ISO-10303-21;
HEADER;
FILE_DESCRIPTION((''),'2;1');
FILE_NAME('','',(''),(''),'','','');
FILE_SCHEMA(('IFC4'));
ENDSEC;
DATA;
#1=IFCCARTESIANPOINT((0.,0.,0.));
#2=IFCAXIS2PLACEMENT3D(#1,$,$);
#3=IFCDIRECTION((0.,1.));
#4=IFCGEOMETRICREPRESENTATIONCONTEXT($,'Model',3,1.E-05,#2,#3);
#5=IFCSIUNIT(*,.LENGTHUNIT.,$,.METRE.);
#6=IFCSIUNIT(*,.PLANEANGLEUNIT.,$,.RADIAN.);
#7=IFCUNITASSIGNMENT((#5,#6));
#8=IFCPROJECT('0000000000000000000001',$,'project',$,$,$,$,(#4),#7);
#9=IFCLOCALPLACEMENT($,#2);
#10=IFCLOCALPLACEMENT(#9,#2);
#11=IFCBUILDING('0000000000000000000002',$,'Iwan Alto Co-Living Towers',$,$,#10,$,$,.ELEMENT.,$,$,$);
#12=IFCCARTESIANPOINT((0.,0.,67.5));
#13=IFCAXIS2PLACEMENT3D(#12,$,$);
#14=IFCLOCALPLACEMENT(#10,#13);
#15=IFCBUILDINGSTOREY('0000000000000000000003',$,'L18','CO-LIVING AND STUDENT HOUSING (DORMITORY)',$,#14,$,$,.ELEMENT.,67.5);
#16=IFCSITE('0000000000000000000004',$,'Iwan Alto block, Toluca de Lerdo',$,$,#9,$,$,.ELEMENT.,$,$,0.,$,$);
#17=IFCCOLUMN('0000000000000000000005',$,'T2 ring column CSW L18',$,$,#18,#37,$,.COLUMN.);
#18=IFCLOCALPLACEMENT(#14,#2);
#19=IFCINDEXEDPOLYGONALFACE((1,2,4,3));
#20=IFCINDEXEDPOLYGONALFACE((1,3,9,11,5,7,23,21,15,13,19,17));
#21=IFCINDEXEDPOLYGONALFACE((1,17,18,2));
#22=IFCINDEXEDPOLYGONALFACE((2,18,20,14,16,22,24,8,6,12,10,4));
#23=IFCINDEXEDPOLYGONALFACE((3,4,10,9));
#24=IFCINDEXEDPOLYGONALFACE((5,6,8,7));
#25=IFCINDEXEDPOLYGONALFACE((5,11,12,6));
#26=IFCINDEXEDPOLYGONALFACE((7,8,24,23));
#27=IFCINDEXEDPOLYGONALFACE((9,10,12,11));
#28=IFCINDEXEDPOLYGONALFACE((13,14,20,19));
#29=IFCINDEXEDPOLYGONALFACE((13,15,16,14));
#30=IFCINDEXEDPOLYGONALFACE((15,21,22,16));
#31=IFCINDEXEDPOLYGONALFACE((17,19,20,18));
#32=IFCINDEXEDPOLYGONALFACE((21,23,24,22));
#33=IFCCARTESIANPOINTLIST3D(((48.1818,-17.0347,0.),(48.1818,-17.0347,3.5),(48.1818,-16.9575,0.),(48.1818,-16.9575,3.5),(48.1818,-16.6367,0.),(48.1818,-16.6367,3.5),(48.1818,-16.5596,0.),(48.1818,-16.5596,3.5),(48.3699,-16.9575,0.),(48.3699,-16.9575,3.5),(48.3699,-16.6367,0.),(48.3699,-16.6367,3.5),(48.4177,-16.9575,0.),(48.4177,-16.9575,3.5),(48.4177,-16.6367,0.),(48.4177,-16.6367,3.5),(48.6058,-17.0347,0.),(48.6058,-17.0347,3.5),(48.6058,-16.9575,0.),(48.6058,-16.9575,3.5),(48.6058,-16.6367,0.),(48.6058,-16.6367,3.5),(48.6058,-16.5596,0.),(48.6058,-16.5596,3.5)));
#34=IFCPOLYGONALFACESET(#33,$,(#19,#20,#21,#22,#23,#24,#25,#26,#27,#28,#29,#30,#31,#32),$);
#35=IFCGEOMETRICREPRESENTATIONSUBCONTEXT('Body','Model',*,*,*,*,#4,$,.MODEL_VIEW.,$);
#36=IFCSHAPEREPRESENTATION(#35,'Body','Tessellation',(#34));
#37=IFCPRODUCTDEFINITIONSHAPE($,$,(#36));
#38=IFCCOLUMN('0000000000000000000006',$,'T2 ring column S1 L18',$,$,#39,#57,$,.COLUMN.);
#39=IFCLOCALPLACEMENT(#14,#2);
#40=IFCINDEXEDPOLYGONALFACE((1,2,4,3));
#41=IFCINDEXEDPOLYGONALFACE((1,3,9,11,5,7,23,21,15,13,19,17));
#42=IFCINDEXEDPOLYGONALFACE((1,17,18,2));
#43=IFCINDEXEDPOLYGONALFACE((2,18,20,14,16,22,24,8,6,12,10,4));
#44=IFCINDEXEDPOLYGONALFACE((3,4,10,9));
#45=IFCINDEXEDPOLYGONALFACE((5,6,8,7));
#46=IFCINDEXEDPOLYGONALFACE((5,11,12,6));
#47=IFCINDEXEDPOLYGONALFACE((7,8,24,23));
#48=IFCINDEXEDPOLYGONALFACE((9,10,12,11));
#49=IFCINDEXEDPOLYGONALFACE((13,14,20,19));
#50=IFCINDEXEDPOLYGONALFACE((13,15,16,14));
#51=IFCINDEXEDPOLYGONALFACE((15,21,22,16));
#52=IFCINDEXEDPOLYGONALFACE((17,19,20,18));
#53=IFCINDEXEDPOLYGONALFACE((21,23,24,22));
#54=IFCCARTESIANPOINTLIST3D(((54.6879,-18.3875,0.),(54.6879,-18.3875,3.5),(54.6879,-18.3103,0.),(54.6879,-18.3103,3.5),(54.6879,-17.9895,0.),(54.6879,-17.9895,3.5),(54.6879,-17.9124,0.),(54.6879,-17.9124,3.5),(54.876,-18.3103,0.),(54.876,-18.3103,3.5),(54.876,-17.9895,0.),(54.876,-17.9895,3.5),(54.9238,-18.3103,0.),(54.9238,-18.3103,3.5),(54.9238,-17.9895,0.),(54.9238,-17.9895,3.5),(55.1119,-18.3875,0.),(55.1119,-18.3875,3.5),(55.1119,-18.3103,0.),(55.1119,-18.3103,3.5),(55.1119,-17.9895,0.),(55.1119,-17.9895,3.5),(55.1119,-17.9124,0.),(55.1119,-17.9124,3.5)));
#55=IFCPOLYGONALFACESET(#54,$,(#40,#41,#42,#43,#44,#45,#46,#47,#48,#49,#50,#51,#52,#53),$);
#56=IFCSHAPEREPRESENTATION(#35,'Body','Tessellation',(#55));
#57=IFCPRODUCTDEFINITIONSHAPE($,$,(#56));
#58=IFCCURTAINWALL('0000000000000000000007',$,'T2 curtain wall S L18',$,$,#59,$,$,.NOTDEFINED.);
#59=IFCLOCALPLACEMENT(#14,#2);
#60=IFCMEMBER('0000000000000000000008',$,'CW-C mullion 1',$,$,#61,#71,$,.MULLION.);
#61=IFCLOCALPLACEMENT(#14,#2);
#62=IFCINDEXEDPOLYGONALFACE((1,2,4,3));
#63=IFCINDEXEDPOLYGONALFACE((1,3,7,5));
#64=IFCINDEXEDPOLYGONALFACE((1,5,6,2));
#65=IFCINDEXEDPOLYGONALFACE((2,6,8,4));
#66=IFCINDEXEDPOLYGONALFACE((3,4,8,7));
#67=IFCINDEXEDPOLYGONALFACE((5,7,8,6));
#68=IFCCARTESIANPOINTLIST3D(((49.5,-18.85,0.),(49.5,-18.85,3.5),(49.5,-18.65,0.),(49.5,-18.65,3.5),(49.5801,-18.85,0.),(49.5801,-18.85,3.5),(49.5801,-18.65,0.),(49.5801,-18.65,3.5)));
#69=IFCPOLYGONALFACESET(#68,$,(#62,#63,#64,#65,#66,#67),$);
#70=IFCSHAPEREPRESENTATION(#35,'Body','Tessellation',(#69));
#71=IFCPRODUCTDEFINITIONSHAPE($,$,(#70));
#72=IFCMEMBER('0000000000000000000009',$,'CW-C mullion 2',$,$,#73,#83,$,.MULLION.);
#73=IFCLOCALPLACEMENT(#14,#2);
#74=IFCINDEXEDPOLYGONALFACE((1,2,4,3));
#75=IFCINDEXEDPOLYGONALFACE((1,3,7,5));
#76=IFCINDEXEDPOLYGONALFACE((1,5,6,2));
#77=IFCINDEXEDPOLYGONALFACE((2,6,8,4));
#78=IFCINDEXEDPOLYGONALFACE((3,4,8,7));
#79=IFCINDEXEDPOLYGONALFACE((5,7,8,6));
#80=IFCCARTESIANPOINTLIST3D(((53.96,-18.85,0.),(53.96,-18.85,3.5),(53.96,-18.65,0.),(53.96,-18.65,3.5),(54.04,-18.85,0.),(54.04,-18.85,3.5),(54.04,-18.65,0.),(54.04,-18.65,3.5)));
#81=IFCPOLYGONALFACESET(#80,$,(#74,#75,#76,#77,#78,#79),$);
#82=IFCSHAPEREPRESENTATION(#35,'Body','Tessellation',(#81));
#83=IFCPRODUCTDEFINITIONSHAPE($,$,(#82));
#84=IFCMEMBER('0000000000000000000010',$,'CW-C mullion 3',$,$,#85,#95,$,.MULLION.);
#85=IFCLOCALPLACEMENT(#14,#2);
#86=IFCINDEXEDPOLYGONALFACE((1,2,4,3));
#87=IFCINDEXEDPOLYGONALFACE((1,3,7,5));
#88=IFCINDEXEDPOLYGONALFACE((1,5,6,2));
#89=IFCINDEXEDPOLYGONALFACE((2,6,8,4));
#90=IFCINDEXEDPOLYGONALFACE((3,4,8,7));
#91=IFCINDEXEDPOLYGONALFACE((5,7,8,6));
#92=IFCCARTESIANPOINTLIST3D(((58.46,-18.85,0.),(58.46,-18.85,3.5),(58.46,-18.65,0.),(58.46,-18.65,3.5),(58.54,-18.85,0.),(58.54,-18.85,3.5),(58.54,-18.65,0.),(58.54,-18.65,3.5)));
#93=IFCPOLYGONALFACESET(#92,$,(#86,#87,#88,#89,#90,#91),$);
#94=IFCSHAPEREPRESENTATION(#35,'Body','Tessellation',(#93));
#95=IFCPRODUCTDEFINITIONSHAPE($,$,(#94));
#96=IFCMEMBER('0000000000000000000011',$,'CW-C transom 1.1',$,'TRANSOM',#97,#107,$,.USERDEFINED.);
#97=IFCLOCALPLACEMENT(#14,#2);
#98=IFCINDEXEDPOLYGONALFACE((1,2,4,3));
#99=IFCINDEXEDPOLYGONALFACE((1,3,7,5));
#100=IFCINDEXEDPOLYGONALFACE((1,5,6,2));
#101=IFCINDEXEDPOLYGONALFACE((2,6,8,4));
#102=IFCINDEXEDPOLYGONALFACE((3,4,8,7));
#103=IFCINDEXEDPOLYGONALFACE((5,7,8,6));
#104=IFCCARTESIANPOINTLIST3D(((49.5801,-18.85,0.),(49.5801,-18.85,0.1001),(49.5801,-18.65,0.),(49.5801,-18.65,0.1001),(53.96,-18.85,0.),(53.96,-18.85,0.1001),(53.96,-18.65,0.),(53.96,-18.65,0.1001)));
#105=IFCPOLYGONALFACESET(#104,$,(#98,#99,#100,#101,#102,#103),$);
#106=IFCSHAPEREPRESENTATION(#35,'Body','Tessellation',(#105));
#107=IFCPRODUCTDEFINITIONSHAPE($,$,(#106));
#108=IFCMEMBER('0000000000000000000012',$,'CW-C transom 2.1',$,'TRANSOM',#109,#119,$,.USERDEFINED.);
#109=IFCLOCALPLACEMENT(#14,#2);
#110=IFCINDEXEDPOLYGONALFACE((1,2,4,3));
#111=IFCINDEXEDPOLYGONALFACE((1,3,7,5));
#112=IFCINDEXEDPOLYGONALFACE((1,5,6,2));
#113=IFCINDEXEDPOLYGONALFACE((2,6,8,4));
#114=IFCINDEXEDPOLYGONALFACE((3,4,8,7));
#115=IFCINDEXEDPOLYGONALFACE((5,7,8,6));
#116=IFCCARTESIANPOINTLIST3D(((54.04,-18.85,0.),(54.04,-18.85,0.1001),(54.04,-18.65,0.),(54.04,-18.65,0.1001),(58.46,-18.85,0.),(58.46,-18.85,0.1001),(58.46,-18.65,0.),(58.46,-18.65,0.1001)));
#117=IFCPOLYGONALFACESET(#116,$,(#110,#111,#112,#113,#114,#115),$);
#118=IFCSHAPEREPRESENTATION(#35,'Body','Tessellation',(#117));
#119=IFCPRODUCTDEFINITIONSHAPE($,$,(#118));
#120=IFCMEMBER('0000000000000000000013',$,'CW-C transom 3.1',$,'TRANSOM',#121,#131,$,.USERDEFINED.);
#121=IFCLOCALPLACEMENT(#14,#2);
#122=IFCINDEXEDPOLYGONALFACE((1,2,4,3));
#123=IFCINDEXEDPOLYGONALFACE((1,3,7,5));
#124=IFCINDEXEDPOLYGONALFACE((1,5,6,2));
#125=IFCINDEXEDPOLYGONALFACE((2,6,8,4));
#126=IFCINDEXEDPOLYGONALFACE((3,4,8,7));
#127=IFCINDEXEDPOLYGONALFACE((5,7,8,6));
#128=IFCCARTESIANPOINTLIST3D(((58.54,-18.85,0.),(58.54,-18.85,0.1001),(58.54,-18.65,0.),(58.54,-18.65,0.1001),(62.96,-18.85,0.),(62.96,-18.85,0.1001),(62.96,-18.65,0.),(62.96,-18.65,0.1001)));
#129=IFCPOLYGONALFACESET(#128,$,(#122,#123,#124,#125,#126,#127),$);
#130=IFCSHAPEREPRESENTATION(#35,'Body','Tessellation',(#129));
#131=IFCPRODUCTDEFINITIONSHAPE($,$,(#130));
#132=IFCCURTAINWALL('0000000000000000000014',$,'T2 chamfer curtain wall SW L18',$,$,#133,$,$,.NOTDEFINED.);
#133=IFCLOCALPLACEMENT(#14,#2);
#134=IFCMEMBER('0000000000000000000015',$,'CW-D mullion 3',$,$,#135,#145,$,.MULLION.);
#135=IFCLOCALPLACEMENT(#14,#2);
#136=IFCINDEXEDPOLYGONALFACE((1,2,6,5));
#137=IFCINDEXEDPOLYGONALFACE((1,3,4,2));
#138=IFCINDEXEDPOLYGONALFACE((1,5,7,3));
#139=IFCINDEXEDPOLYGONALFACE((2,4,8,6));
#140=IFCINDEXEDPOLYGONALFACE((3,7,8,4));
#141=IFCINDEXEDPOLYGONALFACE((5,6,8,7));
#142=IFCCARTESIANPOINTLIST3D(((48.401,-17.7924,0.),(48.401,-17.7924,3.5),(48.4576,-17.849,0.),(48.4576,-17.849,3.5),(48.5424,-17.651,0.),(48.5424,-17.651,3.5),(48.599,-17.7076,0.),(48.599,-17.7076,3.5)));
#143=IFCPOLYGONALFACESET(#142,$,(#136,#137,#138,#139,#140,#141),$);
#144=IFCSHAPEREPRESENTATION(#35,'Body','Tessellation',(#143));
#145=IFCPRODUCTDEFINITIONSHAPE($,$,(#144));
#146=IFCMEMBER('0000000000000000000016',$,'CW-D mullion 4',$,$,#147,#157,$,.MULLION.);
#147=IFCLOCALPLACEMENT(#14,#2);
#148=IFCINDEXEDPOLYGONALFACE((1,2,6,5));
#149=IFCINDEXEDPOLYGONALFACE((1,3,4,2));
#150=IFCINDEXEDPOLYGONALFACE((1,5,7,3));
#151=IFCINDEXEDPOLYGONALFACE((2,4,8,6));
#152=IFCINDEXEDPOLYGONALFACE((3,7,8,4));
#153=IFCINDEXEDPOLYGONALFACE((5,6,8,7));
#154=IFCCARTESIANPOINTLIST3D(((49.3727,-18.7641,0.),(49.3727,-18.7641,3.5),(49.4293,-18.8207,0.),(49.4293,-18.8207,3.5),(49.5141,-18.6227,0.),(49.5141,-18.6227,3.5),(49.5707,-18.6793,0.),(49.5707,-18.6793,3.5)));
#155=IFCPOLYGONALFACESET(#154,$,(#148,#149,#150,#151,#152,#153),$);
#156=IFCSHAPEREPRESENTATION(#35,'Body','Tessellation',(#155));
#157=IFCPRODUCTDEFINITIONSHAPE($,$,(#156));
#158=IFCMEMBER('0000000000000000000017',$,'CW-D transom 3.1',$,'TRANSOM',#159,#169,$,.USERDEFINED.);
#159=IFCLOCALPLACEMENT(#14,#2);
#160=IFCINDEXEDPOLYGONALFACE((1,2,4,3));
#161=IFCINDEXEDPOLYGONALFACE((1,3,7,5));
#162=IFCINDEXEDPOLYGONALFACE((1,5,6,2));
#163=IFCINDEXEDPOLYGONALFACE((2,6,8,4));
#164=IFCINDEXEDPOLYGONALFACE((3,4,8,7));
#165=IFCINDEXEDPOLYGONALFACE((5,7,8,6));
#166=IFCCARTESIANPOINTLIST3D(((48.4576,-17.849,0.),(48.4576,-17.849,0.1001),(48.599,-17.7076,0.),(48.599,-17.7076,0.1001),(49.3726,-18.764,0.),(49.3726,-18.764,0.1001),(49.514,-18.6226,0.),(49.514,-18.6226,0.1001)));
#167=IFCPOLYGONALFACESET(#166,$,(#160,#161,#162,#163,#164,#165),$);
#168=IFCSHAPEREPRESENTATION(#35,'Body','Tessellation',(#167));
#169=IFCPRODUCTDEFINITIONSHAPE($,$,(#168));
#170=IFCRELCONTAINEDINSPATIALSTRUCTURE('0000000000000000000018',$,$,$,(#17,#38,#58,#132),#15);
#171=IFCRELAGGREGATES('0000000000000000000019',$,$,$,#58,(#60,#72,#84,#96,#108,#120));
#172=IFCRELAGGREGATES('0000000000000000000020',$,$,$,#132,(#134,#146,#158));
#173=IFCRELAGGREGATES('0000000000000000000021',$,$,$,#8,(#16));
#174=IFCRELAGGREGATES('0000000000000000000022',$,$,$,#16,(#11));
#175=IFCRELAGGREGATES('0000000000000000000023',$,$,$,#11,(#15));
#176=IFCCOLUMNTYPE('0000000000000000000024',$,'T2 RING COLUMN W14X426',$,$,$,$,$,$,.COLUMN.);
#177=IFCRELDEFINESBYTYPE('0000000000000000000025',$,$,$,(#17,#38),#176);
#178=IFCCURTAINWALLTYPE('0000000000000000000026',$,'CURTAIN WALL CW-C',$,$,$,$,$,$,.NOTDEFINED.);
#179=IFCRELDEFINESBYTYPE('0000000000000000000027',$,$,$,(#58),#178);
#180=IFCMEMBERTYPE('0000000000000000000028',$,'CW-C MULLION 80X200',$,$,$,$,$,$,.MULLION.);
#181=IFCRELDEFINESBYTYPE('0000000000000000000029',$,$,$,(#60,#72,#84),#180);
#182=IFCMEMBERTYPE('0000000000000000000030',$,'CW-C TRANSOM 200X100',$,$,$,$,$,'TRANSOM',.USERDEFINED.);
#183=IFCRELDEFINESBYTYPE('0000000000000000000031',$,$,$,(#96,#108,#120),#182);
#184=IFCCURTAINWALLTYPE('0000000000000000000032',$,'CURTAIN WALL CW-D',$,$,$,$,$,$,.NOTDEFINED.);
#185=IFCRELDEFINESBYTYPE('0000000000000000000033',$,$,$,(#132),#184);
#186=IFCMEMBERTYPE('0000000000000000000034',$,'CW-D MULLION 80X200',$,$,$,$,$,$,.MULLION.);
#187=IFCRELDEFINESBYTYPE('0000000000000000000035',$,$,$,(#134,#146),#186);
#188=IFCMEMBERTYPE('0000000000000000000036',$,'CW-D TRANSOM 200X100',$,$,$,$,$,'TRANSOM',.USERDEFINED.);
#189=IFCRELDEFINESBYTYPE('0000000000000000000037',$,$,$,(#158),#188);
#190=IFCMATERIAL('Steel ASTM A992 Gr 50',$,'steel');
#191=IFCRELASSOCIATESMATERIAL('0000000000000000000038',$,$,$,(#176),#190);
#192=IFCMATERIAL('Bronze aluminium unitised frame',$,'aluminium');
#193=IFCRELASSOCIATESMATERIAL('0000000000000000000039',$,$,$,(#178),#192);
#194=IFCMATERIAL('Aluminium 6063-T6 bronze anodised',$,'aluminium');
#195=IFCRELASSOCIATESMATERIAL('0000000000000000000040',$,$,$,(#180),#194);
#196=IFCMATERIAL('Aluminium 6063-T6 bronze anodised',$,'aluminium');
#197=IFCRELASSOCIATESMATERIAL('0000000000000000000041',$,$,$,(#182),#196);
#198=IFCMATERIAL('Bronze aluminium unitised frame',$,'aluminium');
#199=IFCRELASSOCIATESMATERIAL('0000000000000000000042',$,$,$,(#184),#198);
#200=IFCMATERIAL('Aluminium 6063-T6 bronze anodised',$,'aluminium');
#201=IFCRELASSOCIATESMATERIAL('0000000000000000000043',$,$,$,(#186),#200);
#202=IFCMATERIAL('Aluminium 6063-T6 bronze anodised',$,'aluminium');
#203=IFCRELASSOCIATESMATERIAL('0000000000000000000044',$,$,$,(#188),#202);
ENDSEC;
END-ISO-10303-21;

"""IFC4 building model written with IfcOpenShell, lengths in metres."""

from ifc_helpers import new_model, si_unit, direction, frame, origin, origin_2d, place, context, subcontext, project, spatial, rectangle, i_section, extrude, material, material_profile, profile_set, type_object, element, aggregate, save


model = new_model("IFC4")

# Units and contexts
model_context = context("Model", 3, precision=1e-05, world=origin(), true_north=direction((0.0, 1.0)))
body_context = subcontext(model_context, "Body", "Model", "MODEL_VIEW")
ifc_project = project(units=[si_unit("LENGTHUNIT", "METRE"), si_unit("PLANEANGLEUNIT", "RADIAN")], contexts=[model_context])

# Site, building, storey
site_placement = place(None, origin())
site = spatial("IfcSite", under=ifc_project, at=site_placement, Name="Iwan Alto block, Toluca de Lerdo", CompositionType="ELEMENT", RefElevation=0.0)
building_placement = place(site_placement, origin())
building = spatial("IfcBuilding", under=site, at=building_placement, Name="Iwan Alto Co-Living Towers", CompositionType="ELEMENT")
storey_placement = place(building_placement, frame((0.0, 0.0, 67.5)))
storey = spatial("IfcBuildingStorey", under=building, at=storey_placement, Name="L18", Description="CO-LIVING AND STUDENT HOUSING (DORMITORY)", CompositionType="ELEMENT", Elevation=67.5)

# Columns
ifc_material_1 = material(Name="Steel ASTM A992 Gr 50", Category="steel")
ifc_material_profile_1 = material_profile(ifc_material_1, i_section(OverallWidth=0.4241, OverallDepth=0.4751, WebThickness=0.0479, FlangeThickness=0.0771, at=origin_2d()), Name="W14X426")
ifc_profile_set_1 = profile_set([ifc_material_profile_1], Name="Steel ASTM A992 Gr 50")
column_type = type_object("IfcColumnType", Name="T2 RING COLUMN W14X426", PredefinedType="COLUMN", material=ifc_profile_set_1)
for number, where, z_axis, x_axis, name in (
    (1, (48.3938, -16.7971, 0.0), (0.0, 0.0, 1.0), (1.0, 0.0, 0.0), "T2 ring column CSW L18"),
    (2, (54.8999, -18.1499, 0.0), (0.0, 0.0, 1.0), (1.0, 0.0, 0.0), "T2 ring column S1 L18"),
):
    element("IfcColumn", number, at=place(storey_placement, frame(where, z_axis=z_axis, x_axis=x_axis)), inside=storey, type_object=column_type, Name=name, PredefinedType="COLUMN", context=body_context, shape_type="SweptSolid", body=[
        extrude(i_section(OverallWidth=0.4241, OverallDepth=0.4751, WebThickness=0.0479, FlangeThickness=0.0771, at=origin_2d()), origin(), (0.0, 0.0, 1.0), 3.5),
    ])

# Curtain walls, members
ifc_material_2 = material(Name="Bronze aluminium unitised frame", Category="aluminium")
curtain_wall_type_1 = type_object("IfcCurtainWallType", Name="CURTAIN WALL CW-C", PredefinedType="NOTDEFINED", material=ifc_material_2)
curtain_wall_1_placement = place(storey_placement, origin())
curtain_wall_1 = element("IfcCurtainWall", 3, at=curtain_wall_1_placement, inside=storey, type_object=curtain_wall_type_1, Name="T2 curtain wall S L18", PredefinedType="NOTDEFINED")
ifc_material_3 = material(Name="Aluminium 6063-T6 bronze anodised", Category="aluminium")
ifc_material_profile_2 = material_profile(ifc_material_3, rectangle(XDim=0.2, YDim=0.0801, at=origin_2d()), Name="AL 80X200")
ifc_profile_set_2 = profile_set([ifc_material_profile_2], Name="Aluminium 6063-T6 bronze anodised")
member_type_1 = type_object("IfcMemberType", Name="CW-C MULLION 80X200", PredefinedType="MULLION", material=ifc_profile_set_2)
member_1_placement = place(storey_placement, frame((49.54, -18.75, 0.0), z_axis=(0.0, 0.0, 1.0), x_axis=(0.0, 1.0, 0.0)))
member_1 = element("IfcMember", 4, at=member_1_placement, type_object=member_type_1, Name="CW-C mullion 1", PredefinedType="MULLION", context=body_context, shape_type="SweptSolid", body=[
    extrude(rectangle(XDim=0.2, YDim=0.0801, at=origin_2d()), origin(), (0.0, 0.0, 1.0), 3.5),
])
member_2_placement = place(storey_placement, frame((54.0, -18.75, 0.0), z_axis=(0.0, 0.0, 1.0), x_axis=(0.0, 1.0, 0.0)))
member_2 = element("IfcMember", 5, at=member_2_placement, type_object=member_type_1, Name="CW-C mullion 2", PredefinedType="MULLION", context=body_context, shape_type="SweptSolid", body=[
    extrude(rectangle(XDim=0.2, YDim=0.0801, at=origin_2d()), origin(), (0.0, 0.0, 1.0), 3.5),
])
member_3_placement = place(storey_placement, frame((58.5, -18.75, 0.0), z_axis=(0.0, 0.0, 1.0), x_axis=(0.0, 1.0, 0.0)))
member_3 = element("IfcMember", 6, at=member_3_placement, type_object=member_type_1, Name="CW-C mullion 3", PredefinedType="MULLION", context=body_context, shape_type="SweptSolid", body=[
    extrude(rectangle(XDim=0.2, YDim=0.0801, at=origin_2d()), origin(), (0.0, 0.0, 1.0), 3.5),
])
ifc_material_4 = material(Name="Aluminium 6063-T6 bronze anodised", Category="aluminium")
ifc_material_profile_3 = material_profile(ifc_material_4, rectangle(XDim=0.2, YDim=0.1001, at=origin_2d()), Name="AL 200X100")
ifc_profile_set_3 = profile_set([ifc_material_profile_3], Name="Aluminium 6063-T6 bronze anodised")
member_type_2 = type_object("IfcMemberType", Name="CW-C TRANSOM 200X100", ElementType="TRANSOM", PredefinedType="USERDEFINED", material=ifc_profile_set_3)
member_4_placement = place(storey_placement, frame((49.5801, -18.75, 0.05), z_axis=(1.0, 0.0, 0.0), x_axis=(0.0, 1.0, 0.0)))
member_4 = element("IfcMember", 7, at=member_4_placement, type_object=member_type_2, Name="CW-C transom 1.1", ObjectType="TRANSOM", PredefinedType="USERDEFINED", context=body_context, shape_type="SweptSolid", body=[
    extrude(rectangle(XDim=0.2, YDim=0.1001, at=origin_2d()), origin(), (0.0, 0.0, 1.0), 4.3799),
])
member_5_placement = place(storey_placement, frame((54.04, -18.75, 0.05), z_axis=(1.0, 0.0, 0.0), x_axis=(0.0, 1.0, 0.0)))
member_5 = element("IfcMember", 8, at=member_5_placement, type_object=member_type_2, Name="CW-C transom 2.1", ObjectType="TRANSOM", PredefinedType="USERDEFINED", context=body_context, shape_type="SweptSolid", body=[
    extrude(rectangle(XDim=0.2, YDim=0.1001, at=origin_2d()), origin(), (0.0, 0.0, 1.0), 4.4199),
])
member_6_placement = place(storey_placement, frame((58.54, -18.75, 0.05), z_axis=(1.0, 0.0, 0.0), x_axis=(0.0, 1.0, 0.0)))
member_6 = element("IfcMember", 9, at=member_6_placement, type_object=member_type_2, Name="CW-C transom 3.1", ObjectType="TRANSOM", PredefinedType="USERDEFINED", context=body_context, shape_type="SweptSolid", body=[
    extrude(rectangle(XDim=0.2, YDim=0.1001, at=origin_2d()), origin(), (0.0, 0.0, 1.0), 4.4199),
])
ifc_material_5 = material(Name="Bronze aluminium unitised frame", Category="aluminium")
curtain_wall_type_2 = type_object("IfcCurtainWallType", Name="CURTAIN WALL CW-D", PredefinedType="NOTDEFINED", material=ifc_material_5)
curtain_wall_2_placement = place(storey_placement, origin())
curtain_wall_2 = element("IfcCurtainWall", 10, at=curtain_wall_2_placement, inside=storey, type_object=curtain_wall_type_2, Name="T2 chamfer curtain wall SW L18", PredefinedType="NOTDEFINED")
ifc_material_6 = material(Name="Aluminium 6063-T6 bronze anodised", Category="aluminium")
ifc_material_profile_4 = material_profile(ifc_material_6, rectangle(XDim=0.2, YDim=0.0801, at=origin_2d()), Name="AL 80X200")
ifc_profile_set_4 = profile_set([ifc_material_profile_4], Name="Aluminium 6063-T6 bronze anodised")
member_type_3 = type_object("IfcMemberType", Name="CW-D MULLION 80X200", PredefinedType="MULLION", material=ifc_profile_set_4)
member_7_placement = place(storey_placement, frame((48.5, -17.75, 0.0), z_axis=(0.0, 0.0, 1.0), x_axis=(0.707107, 0.707107, 0.0)))
member_7 = element("IfcMember", 11, at=member_7_placement, type_object=member_type_3, Name="CW-D mullion 3", PredefinedType="MULLION", context=body_context, shape_type="SweptSolid", body=[
    extrude(rectangle(XDim=0.2, YDim=0.0801, at=origin_2d()), origin(), (0.0, 0.0, 1.0), 3.5),
])
member_8_placement = place(storey_placement, frame((49.4717, -18.7217, 0.0), z_axis=(0.0, 0.0, 1.0), x_axis=(0.707107, 0.707107, 0.0)))
member_8 = element("IfcMember", 12, at=member_8_placement, type_object=member_type_3, Name="CW-D mullion 4", PredefinedType="MULLION", context=body_context, shape_type="SweptSolid", body=[
    extrude(rectangle(XDim=0.2, YDim=0.0801, at=origin_2d()), origin(), (0.0, 0.0, 1.0), 3.5),
])
ifc_material_7 = material(Name="Aluminium 6063-T6 bronze anodised", Category="aluminium")
ifc_material_profile_5 = material_profile(ifc_material_7, rectangle(XDim=0.2, YDim=0.1001, at=origin_2d()), Name="AL 200X100")
ifc_profile_set_5 = profile_set([ifc_material_profile_5], Name="Aluminium 6063-T6 bronze anodised")
member_type_4 = type_object("IfcMemberType", Name="CW-D TRANSOM 200X100", ElementType="TRANSOM", PredefinedType="USERDEFINED", material=ifc_profile_set_5)
member_9_placement = place(storey_placement, frame((48.5283, -17.7783, 0.05), z_axis=(0.707107, -0.707107, 0.0), x_axis=(0.707107, 0.707107, 0.0)))
member_9 = element("IfcMember", 13, at=member_9_placement, type_object=member_type_4, Name="CW-D transom 3.1", ObjectType="TRANSOM", PredefinedType="USERDEFINED", context=body_context, shape_type="SweptSolid", body=[
    extrude(rectangle(XDim=0.2, YDim=0.1001, at=origin_2d()), origin(), (0.0, 0.0, 1.0), 1.2939),
])

aggregate(curtain_wall_1, [member_1, member_2, member_3, member_4, member_5, member_6])
aggregate(curtain_wall_2, [member_7, member_8, member_9])

save(model, "model.ifc")
